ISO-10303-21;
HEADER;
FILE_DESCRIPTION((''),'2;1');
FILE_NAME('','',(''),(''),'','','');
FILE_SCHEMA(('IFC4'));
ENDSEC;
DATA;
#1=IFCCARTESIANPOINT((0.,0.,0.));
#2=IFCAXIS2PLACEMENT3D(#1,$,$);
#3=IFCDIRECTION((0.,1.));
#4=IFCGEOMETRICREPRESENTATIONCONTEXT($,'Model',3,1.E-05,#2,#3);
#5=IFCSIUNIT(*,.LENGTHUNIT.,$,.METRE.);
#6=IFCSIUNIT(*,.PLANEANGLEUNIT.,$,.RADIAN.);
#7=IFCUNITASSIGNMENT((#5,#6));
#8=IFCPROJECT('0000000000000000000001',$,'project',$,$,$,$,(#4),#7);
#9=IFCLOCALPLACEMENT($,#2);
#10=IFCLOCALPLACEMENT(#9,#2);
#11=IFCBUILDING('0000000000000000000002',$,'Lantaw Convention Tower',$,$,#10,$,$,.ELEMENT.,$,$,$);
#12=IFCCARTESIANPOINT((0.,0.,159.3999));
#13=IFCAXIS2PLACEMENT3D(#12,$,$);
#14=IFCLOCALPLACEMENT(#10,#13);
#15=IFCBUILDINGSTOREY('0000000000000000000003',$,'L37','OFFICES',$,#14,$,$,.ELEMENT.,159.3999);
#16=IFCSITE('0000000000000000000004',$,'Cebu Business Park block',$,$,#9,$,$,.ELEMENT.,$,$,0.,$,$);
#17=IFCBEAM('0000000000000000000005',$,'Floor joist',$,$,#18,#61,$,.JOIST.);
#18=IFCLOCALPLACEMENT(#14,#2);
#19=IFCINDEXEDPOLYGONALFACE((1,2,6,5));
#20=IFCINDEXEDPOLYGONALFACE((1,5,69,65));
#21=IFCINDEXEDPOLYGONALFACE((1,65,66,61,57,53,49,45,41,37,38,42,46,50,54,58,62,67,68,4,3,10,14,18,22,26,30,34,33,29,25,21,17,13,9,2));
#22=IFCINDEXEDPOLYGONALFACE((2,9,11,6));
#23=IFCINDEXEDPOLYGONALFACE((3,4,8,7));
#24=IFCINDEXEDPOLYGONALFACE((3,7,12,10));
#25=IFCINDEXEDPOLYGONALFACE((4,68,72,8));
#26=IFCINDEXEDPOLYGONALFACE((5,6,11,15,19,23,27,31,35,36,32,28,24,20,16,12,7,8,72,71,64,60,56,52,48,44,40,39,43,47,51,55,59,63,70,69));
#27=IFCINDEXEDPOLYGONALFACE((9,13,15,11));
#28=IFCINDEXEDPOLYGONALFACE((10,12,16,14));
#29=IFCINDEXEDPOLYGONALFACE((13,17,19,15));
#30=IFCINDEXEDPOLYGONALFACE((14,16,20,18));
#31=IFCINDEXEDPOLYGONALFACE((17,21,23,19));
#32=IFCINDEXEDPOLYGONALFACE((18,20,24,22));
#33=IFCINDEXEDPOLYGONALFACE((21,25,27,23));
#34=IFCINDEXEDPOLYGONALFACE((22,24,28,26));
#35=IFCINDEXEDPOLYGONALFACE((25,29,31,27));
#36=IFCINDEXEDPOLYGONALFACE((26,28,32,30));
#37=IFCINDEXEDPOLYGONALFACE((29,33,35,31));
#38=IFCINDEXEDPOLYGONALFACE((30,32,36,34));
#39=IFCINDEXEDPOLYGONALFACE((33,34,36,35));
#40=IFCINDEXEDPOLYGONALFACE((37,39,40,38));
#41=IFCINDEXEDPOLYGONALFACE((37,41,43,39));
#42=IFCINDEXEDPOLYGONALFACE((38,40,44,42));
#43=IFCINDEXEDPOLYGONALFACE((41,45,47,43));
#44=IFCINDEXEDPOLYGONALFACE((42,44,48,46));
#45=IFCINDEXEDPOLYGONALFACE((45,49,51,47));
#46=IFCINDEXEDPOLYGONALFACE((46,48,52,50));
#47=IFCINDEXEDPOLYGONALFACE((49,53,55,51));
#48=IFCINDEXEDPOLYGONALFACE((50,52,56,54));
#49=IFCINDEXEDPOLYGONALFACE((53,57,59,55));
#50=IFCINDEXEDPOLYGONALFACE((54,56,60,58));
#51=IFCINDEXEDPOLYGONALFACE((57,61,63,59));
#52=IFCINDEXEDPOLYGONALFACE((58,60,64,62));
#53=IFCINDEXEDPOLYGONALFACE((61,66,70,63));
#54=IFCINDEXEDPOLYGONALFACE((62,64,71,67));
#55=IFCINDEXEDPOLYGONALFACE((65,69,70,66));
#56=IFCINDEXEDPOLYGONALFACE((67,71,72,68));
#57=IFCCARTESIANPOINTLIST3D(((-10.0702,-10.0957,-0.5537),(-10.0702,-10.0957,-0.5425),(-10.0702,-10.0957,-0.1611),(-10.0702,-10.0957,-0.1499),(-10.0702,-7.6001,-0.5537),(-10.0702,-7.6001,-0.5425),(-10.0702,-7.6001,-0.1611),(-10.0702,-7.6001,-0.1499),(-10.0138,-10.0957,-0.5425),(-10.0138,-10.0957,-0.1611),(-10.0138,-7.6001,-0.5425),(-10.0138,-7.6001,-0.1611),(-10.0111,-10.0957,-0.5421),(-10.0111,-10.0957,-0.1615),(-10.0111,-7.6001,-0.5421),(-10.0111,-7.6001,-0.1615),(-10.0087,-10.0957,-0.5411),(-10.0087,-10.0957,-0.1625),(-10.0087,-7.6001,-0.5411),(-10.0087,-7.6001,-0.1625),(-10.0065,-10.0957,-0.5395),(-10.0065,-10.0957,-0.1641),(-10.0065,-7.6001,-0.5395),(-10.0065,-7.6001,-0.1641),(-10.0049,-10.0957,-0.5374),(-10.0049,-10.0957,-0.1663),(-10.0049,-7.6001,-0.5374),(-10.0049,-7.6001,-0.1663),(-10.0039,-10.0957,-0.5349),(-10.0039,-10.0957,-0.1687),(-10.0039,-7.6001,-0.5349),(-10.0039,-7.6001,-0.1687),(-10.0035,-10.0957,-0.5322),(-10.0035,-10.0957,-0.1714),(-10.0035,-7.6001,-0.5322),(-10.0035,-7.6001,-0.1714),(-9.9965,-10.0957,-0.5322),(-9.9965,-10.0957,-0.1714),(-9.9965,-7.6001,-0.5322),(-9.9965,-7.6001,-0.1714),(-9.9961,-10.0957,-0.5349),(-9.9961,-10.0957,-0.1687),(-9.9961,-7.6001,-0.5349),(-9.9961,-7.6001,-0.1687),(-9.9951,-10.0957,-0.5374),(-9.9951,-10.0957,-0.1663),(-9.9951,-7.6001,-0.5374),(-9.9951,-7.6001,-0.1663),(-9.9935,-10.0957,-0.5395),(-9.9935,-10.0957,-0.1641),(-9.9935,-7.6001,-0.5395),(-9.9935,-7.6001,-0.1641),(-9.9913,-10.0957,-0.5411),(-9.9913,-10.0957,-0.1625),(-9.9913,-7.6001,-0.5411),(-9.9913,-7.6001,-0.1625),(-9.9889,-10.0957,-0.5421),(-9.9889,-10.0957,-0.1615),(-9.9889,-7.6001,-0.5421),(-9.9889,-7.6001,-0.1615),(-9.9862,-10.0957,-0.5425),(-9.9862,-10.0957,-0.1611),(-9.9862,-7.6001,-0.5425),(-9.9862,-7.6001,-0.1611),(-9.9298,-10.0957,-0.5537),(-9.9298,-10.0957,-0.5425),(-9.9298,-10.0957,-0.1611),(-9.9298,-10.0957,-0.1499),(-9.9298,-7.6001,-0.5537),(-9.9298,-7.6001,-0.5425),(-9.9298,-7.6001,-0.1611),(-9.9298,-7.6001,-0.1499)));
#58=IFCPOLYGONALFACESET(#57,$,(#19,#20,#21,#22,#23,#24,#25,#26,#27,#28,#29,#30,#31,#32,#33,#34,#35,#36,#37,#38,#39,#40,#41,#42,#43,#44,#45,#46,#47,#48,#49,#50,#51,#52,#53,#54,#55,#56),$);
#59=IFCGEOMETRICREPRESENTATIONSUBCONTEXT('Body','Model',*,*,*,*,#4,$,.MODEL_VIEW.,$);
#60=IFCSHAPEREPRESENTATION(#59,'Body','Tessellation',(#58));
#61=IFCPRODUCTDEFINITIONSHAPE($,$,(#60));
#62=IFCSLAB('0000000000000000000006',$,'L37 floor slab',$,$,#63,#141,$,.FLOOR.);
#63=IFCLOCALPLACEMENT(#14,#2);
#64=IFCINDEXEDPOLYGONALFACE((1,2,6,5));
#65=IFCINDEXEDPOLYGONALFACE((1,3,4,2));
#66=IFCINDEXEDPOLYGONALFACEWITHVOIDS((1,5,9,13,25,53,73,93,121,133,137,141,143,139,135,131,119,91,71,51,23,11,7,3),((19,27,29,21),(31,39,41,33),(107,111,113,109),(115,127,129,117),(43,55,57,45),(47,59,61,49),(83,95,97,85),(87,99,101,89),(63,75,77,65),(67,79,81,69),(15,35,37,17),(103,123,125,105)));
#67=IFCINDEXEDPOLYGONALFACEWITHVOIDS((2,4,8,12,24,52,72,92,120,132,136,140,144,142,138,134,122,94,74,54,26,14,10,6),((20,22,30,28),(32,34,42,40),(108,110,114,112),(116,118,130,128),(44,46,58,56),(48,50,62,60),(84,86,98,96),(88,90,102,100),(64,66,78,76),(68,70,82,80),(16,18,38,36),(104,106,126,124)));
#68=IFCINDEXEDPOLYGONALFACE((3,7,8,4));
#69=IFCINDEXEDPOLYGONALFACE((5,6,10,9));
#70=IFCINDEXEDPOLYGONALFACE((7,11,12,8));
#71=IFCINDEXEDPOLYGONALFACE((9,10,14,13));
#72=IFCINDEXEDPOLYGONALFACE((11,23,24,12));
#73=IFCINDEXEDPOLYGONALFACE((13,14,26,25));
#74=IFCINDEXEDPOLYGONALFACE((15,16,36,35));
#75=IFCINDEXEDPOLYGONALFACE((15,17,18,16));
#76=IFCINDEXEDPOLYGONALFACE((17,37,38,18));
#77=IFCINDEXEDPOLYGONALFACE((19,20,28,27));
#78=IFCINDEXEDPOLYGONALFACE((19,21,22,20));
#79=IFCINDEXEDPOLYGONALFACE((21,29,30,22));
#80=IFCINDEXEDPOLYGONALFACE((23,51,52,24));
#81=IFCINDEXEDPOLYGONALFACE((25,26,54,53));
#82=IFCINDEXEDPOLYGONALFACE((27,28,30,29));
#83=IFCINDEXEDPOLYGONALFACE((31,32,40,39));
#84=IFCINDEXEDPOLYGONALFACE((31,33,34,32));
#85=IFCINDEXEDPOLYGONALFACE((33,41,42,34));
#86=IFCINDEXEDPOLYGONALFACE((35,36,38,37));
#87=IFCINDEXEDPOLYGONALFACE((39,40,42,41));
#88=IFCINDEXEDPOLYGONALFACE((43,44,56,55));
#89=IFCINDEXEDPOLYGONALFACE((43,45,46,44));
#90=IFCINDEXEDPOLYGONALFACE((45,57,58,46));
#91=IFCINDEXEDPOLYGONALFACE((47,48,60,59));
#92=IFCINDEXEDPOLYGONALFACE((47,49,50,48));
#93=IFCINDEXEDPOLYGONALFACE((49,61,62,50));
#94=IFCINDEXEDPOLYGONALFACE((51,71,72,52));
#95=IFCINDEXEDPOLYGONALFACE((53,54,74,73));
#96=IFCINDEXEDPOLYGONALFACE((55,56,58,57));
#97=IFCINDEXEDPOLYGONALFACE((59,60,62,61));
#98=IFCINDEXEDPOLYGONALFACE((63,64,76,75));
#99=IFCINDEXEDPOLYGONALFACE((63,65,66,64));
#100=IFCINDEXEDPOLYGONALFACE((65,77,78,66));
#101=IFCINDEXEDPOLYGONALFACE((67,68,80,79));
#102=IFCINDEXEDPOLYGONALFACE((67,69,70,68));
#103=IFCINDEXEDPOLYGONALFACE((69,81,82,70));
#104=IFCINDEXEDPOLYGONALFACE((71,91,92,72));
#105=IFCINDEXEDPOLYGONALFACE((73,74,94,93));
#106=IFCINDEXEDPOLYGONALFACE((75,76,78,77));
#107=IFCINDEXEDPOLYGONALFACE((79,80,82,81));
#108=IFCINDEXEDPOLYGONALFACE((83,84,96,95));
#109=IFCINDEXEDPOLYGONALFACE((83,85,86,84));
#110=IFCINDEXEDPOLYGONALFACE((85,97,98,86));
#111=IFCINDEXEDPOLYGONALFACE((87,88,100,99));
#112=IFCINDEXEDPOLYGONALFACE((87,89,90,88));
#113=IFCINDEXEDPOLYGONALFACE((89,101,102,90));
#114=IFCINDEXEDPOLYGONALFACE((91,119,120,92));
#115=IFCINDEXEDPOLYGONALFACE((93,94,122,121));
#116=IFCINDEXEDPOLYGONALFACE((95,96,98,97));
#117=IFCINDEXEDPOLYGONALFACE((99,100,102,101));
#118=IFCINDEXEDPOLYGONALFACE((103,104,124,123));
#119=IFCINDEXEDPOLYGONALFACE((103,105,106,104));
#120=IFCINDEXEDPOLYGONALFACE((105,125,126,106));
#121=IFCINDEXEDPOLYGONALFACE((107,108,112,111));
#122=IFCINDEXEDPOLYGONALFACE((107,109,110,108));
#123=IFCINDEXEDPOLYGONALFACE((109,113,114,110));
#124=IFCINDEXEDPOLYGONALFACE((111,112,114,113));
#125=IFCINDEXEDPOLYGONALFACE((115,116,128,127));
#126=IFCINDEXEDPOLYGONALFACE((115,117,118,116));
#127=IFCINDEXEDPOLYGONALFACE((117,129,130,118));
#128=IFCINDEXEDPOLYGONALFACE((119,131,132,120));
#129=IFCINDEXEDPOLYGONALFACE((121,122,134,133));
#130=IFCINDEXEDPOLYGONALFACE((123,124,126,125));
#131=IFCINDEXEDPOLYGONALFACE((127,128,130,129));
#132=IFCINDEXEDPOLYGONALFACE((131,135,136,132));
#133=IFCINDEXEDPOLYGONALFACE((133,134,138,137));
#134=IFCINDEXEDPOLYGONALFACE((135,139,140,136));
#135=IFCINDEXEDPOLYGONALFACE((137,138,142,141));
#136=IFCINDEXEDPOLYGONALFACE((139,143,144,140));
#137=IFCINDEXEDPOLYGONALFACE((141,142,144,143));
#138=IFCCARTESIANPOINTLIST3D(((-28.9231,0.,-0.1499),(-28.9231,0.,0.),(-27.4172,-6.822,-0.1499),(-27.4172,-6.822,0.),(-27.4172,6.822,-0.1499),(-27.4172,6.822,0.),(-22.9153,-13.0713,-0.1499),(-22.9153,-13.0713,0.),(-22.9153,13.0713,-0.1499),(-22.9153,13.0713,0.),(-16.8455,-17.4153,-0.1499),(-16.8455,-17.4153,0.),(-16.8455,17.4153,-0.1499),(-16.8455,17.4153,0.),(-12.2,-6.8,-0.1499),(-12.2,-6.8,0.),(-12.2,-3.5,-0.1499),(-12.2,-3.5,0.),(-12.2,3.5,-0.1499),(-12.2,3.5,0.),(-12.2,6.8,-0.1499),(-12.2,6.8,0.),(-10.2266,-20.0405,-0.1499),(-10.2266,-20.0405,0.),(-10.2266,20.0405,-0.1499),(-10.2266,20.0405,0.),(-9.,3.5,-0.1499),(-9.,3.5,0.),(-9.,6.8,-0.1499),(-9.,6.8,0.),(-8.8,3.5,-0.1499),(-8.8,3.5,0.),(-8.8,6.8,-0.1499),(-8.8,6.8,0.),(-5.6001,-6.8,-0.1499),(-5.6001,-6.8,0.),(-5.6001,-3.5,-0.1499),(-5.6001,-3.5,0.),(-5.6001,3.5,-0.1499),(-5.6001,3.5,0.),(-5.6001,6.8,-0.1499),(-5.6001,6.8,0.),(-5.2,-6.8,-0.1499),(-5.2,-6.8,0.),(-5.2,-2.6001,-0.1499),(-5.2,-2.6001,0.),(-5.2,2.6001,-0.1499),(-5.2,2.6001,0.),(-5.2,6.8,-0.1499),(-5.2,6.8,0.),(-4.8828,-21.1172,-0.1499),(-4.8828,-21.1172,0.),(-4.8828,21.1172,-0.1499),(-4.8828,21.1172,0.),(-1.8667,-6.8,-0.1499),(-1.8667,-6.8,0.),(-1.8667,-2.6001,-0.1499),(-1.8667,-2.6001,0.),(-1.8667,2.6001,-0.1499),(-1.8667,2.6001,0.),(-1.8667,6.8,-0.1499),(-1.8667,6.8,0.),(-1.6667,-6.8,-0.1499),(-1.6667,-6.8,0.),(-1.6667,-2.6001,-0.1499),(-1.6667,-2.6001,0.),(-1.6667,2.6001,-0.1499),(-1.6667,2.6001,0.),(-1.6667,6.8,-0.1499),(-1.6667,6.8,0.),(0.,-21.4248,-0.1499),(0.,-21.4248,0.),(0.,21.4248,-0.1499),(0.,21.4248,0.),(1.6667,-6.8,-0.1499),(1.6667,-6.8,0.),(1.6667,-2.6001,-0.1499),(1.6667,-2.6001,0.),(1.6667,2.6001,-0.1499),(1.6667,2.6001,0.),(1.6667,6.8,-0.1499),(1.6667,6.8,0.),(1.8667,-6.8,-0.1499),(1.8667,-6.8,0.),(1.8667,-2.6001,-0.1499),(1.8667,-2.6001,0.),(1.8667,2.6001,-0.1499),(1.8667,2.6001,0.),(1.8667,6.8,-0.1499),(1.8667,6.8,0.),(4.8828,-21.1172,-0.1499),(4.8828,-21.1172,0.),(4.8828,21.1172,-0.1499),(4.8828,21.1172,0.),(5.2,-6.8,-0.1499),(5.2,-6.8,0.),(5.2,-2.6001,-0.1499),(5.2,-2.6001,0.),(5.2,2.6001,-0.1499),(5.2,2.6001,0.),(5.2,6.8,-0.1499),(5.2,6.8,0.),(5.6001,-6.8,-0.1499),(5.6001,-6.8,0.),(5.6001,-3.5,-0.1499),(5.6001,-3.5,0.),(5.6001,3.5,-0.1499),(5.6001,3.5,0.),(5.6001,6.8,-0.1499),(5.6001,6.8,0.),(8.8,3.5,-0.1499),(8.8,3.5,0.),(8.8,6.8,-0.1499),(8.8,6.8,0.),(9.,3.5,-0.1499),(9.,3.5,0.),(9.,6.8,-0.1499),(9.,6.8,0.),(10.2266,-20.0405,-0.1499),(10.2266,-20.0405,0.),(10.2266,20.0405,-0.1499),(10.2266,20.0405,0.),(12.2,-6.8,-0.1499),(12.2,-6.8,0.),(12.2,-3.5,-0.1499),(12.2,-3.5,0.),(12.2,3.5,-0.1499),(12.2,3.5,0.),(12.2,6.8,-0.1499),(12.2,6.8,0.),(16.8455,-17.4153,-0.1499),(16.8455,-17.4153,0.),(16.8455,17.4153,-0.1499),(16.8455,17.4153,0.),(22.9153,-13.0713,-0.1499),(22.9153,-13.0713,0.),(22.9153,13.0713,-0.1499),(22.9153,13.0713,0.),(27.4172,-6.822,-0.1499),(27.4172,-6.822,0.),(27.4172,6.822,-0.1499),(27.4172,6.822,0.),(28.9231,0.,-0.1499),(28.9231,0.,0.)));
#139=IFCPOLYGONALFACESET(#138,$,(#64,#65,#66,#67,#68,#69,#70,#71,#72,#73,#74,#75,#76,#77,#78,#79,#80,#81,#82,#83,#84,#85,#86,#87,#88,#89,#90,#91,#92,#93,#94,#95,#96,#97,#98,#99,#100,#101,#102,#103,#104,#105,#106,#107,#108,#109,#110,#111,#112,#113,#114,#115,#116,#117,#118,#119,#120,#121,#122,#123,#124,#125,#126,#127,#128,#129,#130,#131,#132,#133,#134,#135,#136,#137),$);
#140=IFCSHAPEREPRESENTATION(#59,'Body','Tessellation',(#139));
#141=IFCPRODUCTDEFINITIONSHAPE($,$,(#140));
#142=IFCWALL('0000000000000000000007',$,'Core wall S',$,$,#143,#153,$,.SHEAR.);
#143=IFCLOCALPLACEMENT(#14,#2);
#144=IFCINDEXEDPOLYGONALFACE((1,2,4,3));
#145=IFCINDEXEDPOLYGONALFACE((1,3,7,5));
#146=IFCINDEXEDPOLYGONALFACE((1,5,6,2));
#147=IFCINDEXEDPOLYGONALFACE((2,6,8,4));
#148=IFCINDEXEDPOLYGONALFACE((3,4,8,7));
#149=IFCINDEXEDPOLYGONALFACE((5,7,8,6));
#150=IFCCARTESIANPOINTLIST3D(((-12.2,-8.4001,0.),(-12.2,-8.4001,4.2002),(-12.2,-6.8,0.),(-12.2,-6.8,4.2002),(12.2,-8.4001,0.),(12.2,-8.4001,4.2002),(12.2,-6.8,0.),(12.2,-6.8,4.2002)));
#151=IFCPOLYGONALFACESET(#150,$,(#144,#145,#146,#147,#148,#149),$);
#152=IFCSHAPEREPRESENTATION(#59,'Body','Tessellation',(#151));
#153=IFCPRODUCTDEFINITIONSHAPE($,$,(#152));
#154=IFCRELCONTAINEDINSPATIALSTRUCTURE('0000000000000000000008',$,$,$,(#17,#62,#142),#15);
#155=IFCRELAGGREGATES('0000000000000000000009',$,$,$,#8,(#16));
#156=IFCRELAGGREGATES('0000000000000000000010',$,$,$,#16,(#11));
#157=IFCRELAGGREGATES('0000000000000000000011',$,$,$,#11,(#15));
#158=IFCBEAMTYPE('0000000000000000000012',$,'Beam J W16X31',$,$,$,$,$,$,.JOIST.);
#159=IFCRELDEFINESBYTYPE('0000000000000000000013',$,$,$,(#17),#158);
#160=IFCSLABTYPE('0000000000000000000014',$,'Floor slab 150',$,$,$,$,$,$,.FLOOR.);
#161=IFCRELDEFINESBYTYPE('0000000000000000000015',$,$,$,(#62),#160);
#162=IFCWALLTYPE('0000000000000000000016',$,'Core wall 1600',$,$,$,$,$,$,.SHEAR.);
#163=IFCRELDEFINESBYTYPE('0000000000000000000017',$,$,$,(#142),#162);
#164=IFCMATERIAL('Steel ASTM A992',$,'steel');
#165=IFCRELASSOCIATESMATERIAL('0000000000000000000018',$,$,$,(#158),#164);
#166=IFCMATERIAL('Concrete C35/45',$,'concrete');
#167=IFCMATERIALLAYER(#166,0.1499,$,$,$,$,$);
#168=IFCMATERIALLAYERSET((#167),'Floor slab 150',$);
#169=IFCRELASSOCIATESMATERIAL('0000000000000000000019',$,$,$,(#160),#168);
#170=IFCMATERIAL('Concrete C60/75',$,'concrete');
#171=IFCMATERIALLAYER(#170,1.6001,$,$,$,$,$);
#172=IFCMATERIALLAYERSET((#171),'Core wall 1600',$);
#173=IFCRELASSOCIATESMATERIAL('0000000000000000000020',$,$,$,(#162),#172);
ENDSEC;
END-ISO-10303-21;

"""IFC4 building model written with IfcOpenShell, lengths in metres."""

from ifc_helpers import new_model, si_unit, direction, frame, frame_2d, origin, origin_2d, place, context, subcontext, project, spatial, polyline, rectangle, i_section, outline, extrude, material, layer, layer_set, material_profile, profile_set, type_object, element, save


model = new_model("IFC4")

# Units and contexts
model_context = context("Model", 3, precision=1e-05, world=origin(), true_north=direction((0.0, 1.0)))
body_context = subcontext(model_context, "Body", "Model", "MODEL_VIEW")
ifc_project = project(units=[si_unit("LENGTHUNIT", "METRE"), si_unit("PLANEANGLEUNIT", "RADIAN")], contexts=[model_context])

# Site, building, storey
site_placement = place(None, origin())
site = spatial("IfcSite", under=ifc_project, at=site_placement, Name="Cebu Business Park block", CompositionType="ELEMENT", RefElevation=0.0)
building_placement = place(site_placement, origin())
building = spatial("IfcBuilding", under=site, at=building_placement, Name="Lantaw Convention Tower", CompositionType="ELEMENT")
storey_placement = place(building_placement, frame((0.0, 0.0, 159.3999)))
storey = spatial("IfcBuildingStorey", under=building, at=storey_placement, Name="L37", Description="OFFICES", CompositionType="ELEMENT", Elevation=159.3999)

# Beam
ifc_material_1 = material(Name="Steel ASTM A992", Category="steel")
ifc_material_profile_1 = material_profile(ifc_material_1, i_section(OverallWidth=0.1404, OverallDepth=0.4038, WebThickness=0.0071, FlangeThickness=0.0112, FilletRadius=0.0103, at=origin_2d()), Name="W16X31")
ifc_profile_set_1 = profile_set([ifc_material_profile_1], Name="Steel ASTM A992")
beam_type_1 = type_object("IfcBeamType", Name="Beam J W16X31", PredefinedType="JOIST", material=ifc_profile_set_1)
beam_1_placement = place(storey_placement, frame((-10.0, -10.0957, -0.3518), z_axis=(0.0, 1.0, 0.0), x_axis=(-1.0, 0.0, 0.0)))
element("IfcBeam", 1, at=beam_1_placement, inside=storey, type_object=beam_type_1, Name="Floor joist", PredefinedType="JOIST", context=body_context, shape_type="SweptSolid", body=[
    extrude(i_section(OverallWidth=0.1404, OverallDepth=0.4038, WebThickness=0.0071, FlangeThickness=0.0112, FilletRadius=0.0103, at=origin_2d()), origin(), (0.0, 0.0, 1.0), 2.4956),
])

# Slab
ifc_material_2 = material(Name="Concrete C35/45", Category="concrete")
ifc_layer_1 = layer(ifc_material_2, 0.1499)
ifc_layer_set_1 = layer_set([ifc_layer_1], Name="Floor slab 150")
slab_type = type_object("IfcSlabType", Name="Floor slab 150", PredefinedType="FLOOR", material=ifc_layer_set_1)
slab_placement = place(storey_placement, frame((0.0, 0.0, -0.1499)))
element("IfcSlab", 2, at=slab_placement, inside=storey, type_object=slab_type, Name="L37 floor slab", PredefinedType="FLOOR", context=body_context, shape_type="SweptSolid", body=[
    extrude(outline(polyline([(27.4172, -6.822), (28.9231, 0.0), (27.4172, 6.822), (22.9153, 13.0713), (16.8455, 17.4153), (10.2266, 20.0405), (4.8828, 21.1172), (0.0, 21.4248), (-4.8828, 21.1172), (-10.2266, 20.0405), (-16.8455, 17.4153), (-22.9153, 13.0713), (-27.4172, 6.822), (-28.9231, 0.0), (-27.4172, -6.822), (-22.9153, -13.0713), (-16.8455, -17.4153), (-10.2266, -20.0405), (-4.8828, -21.1172), (0.0, -21.4248), (4.8828, -21.1172), (10.2266, -20.0405), (16.8455, -17.4153), (22.9153, -13.0713), (27.4172, -6.822)]), holes=[polyline([(-5.6001, -3.5), (-12.2, -3.5), (-12.2, -6.8), (-5.6001, -6.8), (-5.6001, -3.5)]), polyline([(-1.8667, -6.8), (-1.8667, -2.6001), (-5.2, -2.6001), (-5.2, -6.8), (-1.8667, -6.8)]), polyline([(-1.8667, 2.6001), (-1.8667, 6.8), (-5.2, 6.8), (-5.2, 2.6001), (-1.8667, 2.6001)]), polyline([(1.6667, 6.8), (-1.6667, 6.8), (-1.6667, 2.6001), (1.6667, 2.6001), (1.6667, 6.8)]), polyline([(-9.0, 3.5), (-9.0, 6.8), (-12.2, 6.8), (-12.2, 3.5), (-9.0, 3.5)]), polyline([(-5.6001, 3.5), (-5.6001, 6.8), (-8.8, 6.8), (-8.8, 3.5), (-5.6001, 3.5)]), polyline([(12.2, -3.5), (5.6001, -3.5), (5.6001, -6.8), (12.2, -6.8), (12.2, -3.5)]), polyline([(1.6667, -6.8), (1.6667, -2.6001), (-1.6667, -2.6001), (-1.6667, -6.8), (1.6667, -6.8)]), polyline([(5.2, -6.8), (5.2, -2.6001), (1.8667, -2.6001), (1.8667, -6.8), (5.2, -6.8)]), polyline([(5.2, 6.8), (1.8667, 6.8), (1.8667, 2.6001), (5.2, 2.6001), (5.2, 6.8)]), polyline([(8.8, 3.5), (8.8, 6.8), (5.6001, 6.8), (5.6001, 3.5), (8.8, 3.5)]), polyline([(12.2, 3.5), (12.2, 6.8), (9.0, 6.8), (9.0, 3.5), (12.2, 3.5)])]), origin(), (0.0, 0.0, 1.0), 0.1499),
])

# Wall
ifc_material_3 = material(Name="Concrete C60/75", Category="concrete")
ifc_layer_2 = layer(ifc_material_3, 1.6001)
ifc_layer_set_2 = layer_set([ifc_layer_2], Name="Core wall 1600")
wall_type_1 = type_object("IfcWallType", Name="Core wall 1600", PredefinedType="SHEAR", material=ifc_layer_set_2)
wall_1_placement = place(storey_placement, frame((-12.2, -7.6001, 0.0), z_axis=(0.0, 0.0, 1.0), x_axis=(1.0, 0.0, 0.0)))
element("IfcWall", 3, at=wall_1_placement, inside=storey, type_object=wall_type_1, Name="Core wall S", PredefinedType="SHEAR", context=body_context, shape_type="SweptSolid", body=[
    extrude(rectangle(XDim=24.3999, YDim=1.6001, at=frame_2d((12.2, 0.0))), origin(), (0.0, 0.0, 1.0), 4.2002),
])

save(model, "model.ifc")
